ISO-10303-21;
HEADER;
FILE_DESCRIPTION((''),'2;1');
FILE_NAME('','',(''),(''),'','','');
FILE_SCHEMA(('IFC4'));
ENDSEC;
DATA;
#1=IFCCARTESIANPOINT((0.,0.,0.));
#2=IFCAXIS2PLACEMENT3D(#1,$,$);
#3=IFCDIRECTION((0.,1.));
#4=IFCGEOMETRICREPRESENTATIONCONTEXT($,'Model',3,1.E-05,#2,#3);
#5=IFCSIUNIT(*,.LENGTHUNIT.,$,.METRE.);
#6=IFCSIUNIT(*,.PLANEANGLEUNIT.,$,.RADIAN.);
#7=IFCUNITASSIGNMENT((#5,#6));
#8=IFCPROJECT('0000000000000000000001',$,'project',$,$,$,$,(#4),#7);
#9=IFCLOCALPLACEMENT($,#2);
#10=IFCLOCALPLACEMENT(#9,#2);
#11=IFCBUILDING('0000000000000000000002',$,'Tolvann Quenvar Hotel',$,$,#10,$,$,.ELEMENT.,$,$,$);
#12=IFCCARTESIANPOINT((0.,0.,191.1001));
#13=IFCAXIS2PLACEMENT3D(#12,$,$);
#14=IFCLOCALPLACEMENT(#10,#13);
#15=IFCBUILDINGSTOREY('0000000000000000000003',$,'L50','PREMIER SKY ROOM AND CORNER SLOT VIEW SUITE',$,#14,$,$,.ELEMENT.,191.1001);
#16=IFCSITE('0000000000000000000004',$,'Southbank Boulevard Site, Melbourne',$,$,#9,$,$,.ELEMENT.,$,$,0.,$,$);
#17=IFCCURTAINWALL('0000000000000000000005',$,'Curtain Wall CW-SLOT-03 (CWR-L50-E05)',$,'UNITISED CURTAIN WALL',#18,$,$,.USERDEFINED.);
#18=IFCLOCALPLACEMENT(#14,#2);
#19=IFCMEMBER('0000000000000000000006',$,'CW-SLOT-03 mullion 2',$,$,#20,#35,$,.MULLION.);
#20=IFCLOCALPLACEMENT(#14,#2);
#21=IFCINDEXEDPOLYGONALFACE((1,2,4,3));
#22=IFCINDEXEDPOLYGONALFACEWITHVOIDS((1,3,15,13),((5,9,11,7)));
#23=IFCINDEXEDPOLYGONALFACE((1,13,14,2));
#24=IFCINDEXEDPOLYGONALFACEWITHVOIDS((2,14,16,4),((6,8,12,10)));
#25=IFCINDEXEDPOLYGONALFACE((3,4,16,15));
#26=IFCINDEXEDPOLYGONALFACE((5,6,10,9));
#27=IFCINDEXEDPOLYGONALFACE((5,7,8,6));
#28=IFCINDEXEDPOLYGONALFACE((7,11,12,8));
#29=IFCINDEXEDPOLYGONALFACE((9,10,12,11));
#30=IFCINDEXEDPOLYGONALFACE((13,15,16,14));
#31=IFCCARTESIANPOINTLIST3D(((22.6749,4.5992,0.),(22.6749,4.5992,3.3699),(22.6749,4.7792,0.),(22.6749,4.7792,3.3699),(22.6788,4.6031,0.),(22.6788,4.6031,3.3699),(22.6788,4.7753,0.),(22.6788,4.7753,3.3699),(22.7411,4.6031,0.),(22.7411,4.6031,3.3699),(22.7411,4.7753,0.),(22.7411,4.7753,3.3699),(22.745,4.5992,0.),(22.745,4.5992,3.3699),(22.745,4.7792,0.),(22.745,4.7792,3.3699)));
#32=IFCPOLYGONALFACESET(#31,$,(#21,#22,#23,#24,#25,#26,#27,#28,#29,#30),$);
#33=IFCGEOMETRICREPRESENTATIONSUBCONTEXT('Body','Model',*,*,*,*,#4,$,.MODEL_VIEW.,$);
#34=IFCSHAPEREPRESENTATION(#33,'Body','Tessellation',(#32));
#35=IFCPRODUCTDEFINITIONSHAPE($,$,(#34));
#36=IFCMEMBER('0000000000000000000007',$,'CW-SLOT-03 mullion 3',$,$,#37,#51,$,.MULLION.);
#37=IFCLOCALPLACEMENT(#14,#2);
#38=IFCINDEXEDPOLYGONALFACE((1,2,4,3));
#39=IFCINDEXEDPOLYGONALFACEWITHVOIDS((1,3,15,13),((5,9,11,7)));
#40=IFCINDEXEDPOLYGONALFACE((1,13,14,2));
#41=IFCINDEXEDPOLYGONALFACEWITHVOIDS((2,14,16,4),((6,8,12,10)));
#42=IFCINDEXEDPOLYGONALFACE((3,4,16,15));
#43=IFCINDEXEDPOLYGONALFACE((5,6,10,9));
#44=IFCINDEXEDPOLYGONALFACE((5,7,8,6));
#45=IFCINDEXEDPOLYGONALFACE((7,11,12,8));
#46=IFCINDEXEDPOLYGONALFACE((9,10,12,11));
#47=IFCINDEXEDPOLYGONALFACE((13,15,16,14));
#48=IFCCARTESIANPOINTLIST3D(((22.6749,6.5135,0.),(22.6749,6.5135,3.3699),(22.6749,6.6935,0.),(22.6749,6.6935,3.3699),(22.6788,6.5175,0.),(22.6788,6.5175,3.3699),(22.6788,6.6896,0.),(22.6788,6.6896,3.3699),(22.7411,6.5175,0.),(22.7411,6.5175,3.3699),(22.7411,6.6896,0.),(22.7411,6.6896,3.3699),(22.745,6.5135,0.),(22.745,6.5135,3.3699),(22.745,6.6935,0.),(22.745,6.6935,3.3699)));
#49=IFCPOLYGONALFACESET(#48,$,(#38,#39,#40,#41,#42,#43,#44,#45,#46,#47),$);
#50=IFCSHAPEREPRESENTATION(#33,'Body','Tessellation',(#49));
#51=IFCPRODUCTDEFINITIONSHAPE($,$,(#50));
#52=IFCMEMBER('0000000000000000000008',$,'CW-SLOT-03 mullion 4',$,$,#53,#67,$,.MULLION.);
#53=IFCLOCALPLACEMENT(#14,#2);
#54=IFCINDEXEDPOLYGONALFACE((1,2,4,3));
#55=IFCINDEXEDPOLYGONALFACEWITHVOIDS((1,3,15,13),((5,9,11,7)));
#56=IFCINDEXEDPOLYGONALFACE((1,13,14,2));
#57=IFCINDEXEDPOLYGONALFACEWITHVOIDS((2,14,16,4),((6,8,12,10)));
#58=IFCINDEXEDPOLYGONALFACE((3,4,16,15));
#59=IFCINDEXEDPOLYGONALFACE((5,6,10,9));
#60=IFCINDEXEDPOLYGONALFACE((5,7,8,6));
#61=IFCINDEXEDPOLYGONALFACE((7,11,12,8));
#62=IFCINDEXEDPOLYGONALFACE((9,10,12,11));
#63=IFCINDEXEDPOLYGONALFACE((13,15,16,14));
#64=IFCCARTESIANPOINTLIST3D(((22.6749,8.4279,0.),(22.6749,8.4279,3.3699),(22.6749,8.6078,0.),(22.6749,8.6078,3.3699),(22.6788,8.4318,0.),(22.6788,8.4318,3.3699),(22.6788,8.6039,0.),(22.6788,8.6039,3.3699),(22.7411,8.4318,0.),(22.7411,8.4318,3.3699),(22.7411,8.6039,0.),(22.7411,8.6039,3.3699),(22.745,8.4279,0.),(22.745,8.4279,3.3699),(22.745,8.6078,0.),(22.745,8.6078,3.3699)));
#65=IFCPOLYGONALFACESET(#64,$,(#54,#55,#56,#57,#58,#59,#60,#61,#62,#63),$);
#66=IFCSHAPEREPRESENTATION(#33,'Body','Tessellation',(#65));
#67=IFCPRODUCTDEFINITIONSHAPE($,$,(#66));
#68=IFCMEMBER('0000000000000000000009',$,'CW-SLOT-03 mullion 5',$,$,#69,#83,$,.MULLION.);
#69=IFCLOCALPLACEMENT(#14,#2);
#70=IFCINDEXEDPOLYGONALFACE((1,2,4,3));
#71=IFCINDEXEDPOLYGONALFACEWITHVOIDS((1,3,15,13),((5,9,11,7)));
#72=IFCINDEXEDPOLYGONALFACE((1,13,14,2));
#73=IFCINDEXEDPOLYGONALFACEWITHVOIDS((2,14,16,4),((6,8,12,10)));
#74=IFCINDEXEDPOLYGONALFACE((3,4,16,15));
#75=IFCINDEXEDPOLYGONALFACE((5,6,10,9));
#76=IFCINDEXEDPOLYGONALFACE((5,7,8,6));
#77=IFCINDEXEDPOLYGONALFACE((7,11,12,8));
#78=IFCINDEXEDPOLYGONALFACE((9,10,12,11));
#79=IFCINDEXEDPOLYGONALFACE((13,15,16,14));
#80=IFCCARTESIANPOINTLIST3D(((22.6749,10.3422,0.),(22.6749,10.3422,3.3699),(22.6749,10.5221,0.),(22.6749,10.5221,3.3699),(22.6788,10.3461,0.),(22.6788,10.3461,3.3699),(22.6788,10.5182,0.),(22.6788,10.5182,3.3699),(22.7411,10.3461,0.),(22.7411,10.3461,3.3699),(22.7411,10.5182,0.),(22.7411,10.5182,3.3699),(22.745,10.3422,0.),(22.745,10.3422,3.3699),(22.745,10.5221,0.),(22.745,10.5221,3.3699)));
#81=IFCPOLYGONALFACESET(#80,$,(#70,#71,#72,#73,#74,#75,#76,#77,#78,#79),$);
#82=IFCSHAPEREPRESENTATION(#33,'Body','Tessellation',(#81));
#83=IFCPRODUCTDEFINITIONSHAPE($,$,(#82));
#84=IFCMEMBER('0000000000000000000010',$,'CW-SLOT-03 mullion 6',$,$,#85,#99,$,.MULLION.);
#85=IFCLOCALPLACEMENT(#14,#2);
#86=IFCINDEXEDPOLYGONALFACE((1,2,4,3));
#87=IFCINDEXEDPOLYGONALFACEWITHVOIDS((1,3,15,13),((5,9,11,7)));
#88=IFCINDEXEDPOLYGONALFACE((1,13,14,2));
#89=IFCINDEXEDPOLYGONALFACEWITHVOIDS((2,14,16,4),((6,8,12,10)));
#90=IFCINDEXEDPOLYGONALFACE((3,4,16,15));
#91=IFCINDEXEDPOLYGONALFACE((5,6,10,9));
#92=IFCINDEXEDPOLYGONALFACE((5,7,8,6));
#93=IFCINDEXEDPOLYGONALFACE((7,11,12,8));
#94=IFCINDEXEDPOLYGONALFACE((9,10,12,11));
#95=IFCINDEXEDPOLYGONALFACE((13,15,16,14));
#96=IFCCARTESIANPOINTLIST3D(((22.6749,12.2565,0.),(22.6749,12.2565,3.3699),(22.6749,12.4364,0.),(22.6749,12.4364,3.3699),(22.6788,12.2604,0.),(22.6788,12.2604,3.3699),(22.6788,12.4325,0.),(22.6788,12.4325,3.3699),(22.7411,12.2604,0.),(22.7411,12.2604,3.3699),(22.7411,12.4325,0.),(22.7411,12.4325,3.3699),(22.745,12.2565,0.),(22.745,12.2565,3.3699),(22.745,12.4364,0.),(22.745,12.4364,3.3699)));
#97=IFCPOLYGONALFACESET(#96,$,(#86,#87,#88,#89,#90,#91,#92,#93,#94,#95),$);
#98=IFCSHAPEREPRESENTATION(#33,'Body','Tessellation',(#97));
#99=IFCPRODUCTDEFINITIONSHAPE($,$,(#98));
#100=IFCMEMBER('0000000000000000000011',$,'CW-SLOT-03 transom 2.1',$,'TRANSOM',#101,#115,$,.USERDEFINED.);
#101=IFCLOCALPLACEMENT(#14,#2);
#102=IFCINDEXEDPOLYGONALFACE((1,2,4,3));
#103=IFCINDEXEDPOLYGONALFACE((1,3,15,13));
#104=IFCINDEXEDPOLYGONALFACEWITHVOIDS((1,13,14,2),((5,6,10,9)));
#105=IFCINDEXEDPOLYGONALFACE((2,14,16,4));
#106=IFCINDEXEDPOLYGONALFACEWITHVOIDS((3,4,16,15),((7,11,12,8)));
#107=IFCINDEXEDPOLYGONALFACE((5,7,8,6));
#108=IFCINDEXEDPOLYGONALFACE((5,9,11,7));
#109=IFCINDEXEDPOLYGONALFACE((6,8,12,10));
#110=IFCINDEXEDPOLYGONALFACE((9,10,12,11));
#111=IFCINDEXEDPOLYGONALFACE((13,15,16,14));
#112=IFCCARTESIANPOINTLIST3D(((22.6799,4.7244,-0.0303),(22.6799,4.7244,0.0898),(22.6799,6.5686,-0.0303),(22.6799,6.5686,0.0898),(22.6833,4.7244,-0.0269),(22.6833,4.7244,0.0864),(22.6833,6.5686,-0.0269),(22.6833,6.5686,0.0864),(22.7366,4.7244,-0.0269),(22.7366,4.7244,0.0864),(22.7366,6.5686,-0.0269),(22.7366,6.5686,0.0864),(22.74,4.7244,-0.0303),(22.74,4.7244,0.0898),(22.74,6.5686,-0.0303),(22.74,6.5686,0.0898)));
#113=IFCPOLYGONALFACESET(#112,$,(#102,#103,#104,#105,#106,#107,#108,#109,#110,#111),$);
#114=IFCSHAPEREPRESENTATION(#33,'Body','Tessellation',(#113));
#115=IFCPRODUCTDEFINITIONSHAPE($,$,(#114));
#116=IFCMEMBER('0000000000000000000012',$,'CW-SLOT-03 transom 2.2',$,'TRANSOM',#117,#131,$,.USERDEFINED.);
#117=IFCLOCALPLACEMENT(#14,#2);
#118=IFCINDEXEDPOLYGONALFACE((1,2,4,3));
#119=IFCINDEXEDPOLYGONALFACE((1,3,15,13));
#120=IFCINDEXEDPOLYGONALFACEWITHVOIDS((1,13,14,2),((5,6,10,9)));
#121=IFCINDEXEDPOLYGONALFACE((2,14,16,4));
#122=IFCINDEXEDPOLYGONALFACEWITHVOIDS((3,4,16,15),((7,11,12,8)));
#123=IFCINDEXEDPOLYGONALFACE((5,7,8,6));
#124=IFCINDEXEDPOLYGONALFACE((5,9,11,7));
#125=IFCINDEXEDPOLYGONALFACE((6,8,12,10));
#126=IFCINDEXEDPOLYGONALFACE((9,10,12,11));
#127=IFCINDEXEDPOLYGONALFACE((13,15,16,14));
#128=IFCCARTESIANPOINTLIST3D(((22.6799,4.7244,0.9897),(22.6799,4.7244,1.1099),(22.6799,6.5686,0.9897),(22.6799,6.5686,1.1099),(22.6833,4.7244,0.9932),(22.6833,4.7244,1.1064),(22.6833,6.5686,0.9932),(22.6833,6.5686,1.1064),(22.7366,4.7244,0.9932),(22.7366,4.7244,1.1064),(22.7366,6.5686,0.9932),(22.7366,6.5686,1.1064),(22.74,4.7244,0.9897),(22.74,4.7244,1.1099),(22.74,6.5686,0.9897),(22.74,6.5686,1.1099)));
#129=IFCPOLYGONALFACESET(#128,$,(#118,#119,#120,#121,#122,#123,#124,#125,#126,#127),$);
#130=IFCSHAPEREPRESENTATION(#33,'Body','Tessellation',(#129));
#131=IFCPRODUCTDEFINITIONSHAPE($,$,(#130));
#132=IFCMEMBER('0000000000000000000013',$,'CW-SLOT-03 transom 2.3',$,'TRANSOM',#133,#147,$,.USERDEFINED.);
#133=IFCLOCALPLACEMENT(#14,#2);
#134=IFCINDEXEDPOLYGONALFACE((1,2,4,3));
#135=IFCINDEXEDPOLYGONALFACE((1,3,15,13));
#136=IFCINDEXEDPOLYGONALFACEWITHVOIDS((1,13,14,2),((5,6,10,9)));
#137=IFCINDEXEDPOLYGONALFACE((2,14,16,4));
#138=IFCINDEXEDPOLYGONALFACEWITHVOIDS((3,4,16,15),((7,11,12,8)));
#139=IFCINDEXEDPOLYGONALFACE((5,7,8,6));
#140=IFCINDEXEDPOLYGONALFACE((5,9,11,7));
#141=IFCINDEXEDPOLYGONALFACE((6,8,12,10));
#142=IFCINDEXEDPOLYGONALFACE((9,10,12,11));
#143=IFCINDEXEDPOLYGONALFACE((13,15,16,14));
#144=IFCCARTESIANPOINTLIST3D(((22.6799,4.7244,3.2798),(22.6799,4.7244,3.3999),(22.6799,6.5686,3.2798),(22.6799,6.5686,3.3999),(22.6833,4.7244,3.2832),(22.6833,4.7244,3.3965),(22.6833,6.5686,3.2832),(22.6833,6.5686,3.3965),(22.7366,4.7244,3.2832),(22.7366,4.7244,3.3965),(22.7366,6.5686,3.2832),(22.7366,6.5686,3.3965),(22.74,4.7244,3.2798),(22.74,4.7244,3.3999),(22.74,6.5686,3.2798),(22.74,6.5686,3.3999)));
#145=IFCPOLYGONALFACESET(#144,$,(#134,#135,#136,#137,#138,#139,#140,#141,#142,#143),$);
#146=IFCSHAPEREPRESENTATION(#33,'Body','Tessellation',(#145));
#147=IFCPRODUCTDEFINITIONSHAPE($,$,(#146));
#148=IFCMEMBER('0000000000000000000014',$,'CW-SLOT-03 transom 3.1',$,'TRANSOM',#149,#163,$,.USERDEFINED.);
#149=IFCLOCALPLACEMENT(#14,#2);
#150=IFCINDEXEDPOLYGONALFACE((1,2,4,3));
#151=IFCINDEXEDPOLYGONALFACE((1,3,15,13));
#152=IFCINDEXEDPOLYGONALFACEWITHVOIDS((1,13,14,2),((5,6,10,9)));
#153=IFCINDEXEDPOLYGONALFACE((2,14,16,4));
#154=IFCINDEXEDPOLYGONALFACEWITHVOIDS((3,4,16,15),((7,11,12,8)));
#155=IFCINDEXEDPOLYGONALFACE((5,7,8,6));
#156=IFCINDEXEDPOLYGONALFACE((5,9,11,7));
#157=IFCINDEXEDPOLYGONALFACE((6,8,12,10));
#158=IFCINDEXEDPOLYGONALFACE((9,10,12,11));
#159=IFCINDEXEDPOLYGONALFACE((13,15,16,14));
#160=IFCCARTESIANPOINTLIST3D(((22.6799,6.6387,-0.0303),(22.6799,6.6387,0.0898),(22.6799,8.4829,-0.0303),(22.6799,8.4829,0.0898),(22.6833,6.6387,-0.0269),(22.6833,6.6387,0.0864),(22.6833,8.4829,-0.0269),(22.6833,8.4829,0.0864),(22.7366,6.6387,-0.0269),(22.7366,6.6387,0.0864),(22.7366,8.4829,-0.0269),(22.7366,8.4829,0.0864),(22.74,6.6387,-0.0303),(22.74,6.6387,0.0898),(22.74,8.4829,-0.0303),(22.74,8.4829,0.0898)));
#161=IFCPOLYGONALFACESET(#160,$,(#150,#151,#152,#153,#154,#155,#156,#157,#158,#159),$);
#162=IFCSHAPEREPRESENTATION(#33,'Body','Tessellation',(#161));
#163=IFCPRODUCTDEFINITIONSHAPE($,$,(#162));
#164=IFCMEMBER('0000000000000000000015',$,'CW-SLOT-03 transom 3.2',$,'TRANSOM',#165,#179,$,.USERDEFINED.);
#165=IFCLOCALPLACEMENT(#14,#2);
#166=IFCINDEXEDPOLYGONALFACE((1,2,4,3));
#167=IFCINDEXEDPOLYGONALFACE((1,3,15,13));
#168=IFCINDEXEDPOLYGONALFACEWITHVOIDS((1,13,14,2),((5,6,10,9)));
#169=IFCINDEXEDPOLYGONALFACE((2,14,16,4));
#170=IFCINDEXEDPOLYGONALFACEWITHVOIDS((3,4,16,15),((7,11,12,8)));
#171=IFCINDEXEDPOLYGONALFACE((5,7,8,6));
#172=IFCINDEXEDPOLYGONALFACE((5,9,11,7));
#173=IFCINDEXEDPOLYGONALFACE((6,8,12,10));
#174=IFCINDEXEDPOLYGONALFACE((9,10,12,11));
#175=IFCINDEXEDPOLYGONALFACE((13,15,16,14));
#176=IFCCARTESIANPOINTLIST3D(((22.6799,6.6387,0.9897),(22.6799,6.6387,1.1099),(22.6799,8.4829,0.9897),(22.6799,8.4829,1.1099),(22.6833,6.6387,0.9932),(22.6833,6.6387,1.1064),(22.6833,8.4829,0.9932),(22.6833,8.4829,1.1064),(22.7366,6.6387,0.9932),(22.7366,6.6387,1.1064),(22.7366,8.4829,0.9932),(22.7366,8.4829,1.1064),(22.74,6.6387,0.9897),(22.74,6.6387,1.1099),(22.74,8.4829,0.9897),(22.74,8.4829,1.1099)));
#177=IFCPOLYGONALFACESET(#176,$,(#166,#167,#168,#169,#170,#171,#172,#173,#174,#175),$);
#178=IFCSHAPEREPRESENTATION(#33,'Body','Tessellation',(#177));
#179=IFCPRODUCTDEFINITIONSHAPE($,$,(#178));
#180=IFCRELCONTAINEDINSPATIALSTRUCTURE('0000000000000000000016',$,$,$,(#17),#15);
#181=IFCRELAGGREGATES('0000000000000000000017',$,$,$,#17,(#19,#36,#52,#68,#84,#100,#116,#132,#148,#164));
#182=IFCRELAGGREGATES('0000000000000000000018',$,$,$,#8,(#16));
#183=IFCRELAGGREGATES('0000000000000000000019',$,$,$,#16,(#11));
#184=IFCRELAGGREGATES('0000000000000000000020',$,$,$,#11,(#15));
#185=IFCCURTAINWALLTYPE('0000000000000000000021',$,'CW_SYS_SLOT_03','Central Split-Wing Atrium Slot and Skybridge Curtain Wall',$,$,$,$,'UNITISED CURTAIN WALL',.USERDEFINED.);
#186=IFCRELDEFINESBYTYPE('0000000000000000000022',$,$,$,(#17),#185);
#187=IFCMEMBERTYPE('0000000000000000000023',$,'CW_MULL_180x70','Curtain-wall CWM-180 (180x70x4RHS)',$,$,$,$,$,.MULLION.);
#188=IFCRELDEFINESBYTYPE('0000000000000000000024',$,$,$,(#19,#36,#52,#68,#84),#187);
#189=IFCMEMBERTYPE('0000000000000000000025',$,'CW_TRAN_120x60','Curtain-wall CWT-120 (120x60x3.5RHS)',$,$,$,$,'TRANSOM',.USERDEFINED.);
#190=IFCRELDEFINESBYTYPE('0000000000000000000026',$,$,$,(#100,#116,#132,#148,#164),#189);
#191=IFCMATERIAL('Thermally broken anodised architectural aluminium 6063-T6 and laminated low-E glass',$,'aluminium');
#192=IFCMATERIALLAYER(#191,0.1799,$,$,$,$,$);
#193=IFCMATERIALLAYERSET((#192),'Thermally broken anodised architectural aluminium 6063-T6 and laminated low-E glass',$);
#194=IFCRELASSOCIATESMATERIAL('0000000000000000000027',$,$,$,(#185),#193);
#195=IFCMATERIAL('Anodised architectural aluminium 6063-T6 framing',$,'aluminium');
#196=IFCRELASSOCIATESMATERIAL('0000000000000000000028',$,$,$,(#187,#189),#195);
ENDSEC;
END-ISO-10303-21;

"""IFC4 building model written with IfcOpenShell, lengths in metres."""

from ifc_helpers import new_model, si_unit, direction, frame, origin, origin_2d, place, context, subcontext, project, spatial, hollow_rectangle, extrude, source, transform, mapped, material, layer, layer_set, material_profile, profile_set, type_object, type_shapes, element, aggregate, save


model = new_model("IFC4")

# Units and contexts
model_context = context("Model", 3, precision=1e-05, world=origin(), true_north=direction((0.0, 1.0)))
body_context = subcontext(model_context, "Body", "Model", "MODEL_VIEW")
ifc_project = project(units=[si_unit("LENGTHUNIT", "METRE"), si_unit("PLANEANGLEUNIT", "RADIAN")], contexts=[model_context])

# Site, building, storey
site_placement = place(None, origin())
site = spatial("IfcSite", under=ifc_project, at=site_placement, Name="Southbank Boulevard Site, Melbourne", CompositionType="ELEMENT", RefElevation=0.0)
building_placement = place(site_placement, origin())
building = spatial("IfcBuilding", under=site, at=building_placement, Name="Tolvann Quenvar Hotel", CompositionType="ELEMENT")
storey_placement = place(building_placement, frame((0.0, 0.0, 191.1001)))
storey = spatial("IfcBuildingStorey", under=building, at=storey_placement, Name="L50", Description="PREMIER SKY ROOM AND CORNER SLOT VIEW SUITE", CompositionType="ELEMENT", Elevation=191.1001)

# Curtain wall, members
ifc_material_1 = material(Name="Thermally broken anodised architectural aluminium 6063-T6 and laminated low-E glass", Category="aluminium")
ifc_layer_1 = layer(ifc_material_1, 0.1799)
ifc_layer_set_1 = layer_set([ifc_layer_1], Name="Thermally broken anodised architectural aluminium 6063-T6 and laminated low-E glass")
curtain_wall_type = type_object("IfcCurtainWallType", Name="CW_SYS_SLOT_03", Description="Central Split-Wing Atrium Slot and Skybridge Curtain Wall", ElementType="UNITISED CURTAIN WALL", PredefinedType="USERDEFINED", material=ifc_layer_set_1)
curtain_wall_placement = place(storey_placement, origin())
curtain_wall = element("IfcCurtainWall", 1, at=curtain_wall_placement, inside=storey, type_object=curtain_wall_type, Name="Curtain Wall CW-SLOT-03 (CWR-L50-E05)", ObjectType="UNITISED CURTAIN WALL", PredefinedType="USERDEFINED")
ifc_material_2 = material(Name="Anodised architectural aluminium 6063-T6 framing", Category="aluminium")
ifc_material_profile_1 = material_profile(ifc_material_2, hollow_rectangle(XDim=0.0701, YDim=0.1799, WallThickness=0.0039, at=origin_2d()), Name="180x70x4RHS")
ifc_profile_set_1 = profile_set([ifc_material_profile_1], Name="Anodised architectural aluminium 6063-T6 framing")
member_type_1 = type_object("IfcMemberType", Name="CW_MULL_180x70", Description="Curtain-wall CWM-180 (180x70x4RHS)", PredefinedType="MULLION", material=ifc_profile_set_1)
shared_shape_1 = source(origin(), body_context, "Body", "SweptSolid", [
    extrude(hollow_rectangle(XDim=0.0701, YDim=0.1799, WallThickness=0.0039, at=origin_2d()), origin(), (0.0, 0.0, 1.0), 3.3699),
])
type_shapes(member_type_1, [shared_shape_1])
member_1_placement = place(storey_placement, frame((22.71, 4.6892, 0.0), z_axis=(0.0, 0.0, 1.0), x_axis=(-1.0, 0.0, 0.0)))
member_1 = element("IfcMember", 2, at=member_1_placement, type_object=member_type_1, Name="CW-SLOT-03 mullion 2", PredefinedType="MULLION", context=body_context, shape_type="MappedRepresentation", body=[
    mapped(shared_shape_1, transform((0.0, 0.0, 0.0), x_axis=(1.0, 0.0, 0.0), y_axis=(0.0, 1.0, 0.0), z_axis=(0.0, 0.0, 1.0), scale=1.0)),
])
member_2_placement = place(storey_placement, frame((22.71, 6.6035, 0.0), z_axis=(0.0, 0.0, 1.0), x_axis=(-1.0, 0.0, 0.0)))
member_2 = element("IfcMember", 3, at=member_2_placement, type_object=member_type_1, Name="CW-SLOT-03 mullion 3", PredefinedType="MULLION", context=body_context, shape_type="MappedRepresentation", body=[
    mapped(shared_shape_1, transform((0.0, 0.0, 0.0), x_axis=(1.0, 0.0, 0.0), y_axis=(0.0, 1.0, 0.0), z_axis=(0.0, 0.0, 1.0), scale=1.0)),
])
member_3_placement = place(storey_placement, frame((22.71, 8.5178, 0.0), z_axis=(0.0, 0.0, 1.0), x_axis=(-1.0, 0.0, 0.0)))
member_3 = element("IfcMember", 4, at=member_3_placement, type_object=member_type_1, Name="CW-SLOT-03 mullion 4", PredefinedType="MULLION", context=body_context, shape_type="MappedRepresentation", body=[
    mapped(shared_shape_1, transform((0.0, 0.0, 0.0), x_axis=(1.0, 0.0, 0.0), y_axis=(0.0, 1.0, 0.0), z_axis=(0.0, 0.0, 1.0), scale=1.0)),
])
member_4_placement = place(storey_placement, frame((22.71, 10.4321, 0.0), z_axis=(0.0, 0.0, 1.0), x_axis=(-1.0, 0.0, 0.0)))
member_4 = element("IfcMember", 5, at=member_4_placement, type_object=member_type_1, Name="CW-SLOT-03 mullion 5", PredefinedType="MULLION", context=body_context, shape_type="MappedRepresentation", body=[
    mapped(shared_shape_1, transform((0.0, 0.0, 0.0), x_axis=(1.0, 0.0, 0.0), y_axis=(0.0, 1.0, 0.0), z_axis=(0.0, 0.0, 1.0), scale=1.0)),
])
member_5_placement = place(storey_placement, frame((22.71, 12.3464, 0.0), z_axis=(0.0, 0.0, 1.0), x_axis=(-1.0, 0.0, 0.0)))
member_5 = element("IfcMember", 6, at=member_5_placement, type_object=member_type_1, Name="CW-SLOT-03 mullion 6", PredefinedType="MULLION", context=body_context, shape_type="MappedRepresentation", body=[
    mapped(shared_shape_1, transform((0.0, 0.0, 0.0), x_axis=(1.0, 0.0, 0.0), y_axis=(0.0, 1.0, 0.0), z_axis=(0.0, 0.0, 1.0), scale=1.0)),
])
ifc_material_profile_2 = material_profile(ifc_material_2, hollow_rectangle(XDim=0.0601, YDim=0.1201, WallThickness=0.0034, at=origin_2d()), Name="120x60x3.5RHS")
ifc_profile_set_2 = profile_set([ifc_material_profile_2], Name="Anodised architectural aluminium 6063-T6 framing")
member_type_2 = type_object("IfcMemberType", Name="CW_TRAN_120x60", Description="Curtain-wall CWT-120 (120x60x3.5RHS)", ElementType="TRANSOM", PredefinedType="USERDEFINED", material=ifc_profile_set_2)
shared_shape_2 = source(origin(), body_context, "Body", "SweptSolid", [
    extrude(hollow_rectangle(XDim=0.0601, YDim=0.1201, WallThickness=0.0034, at=origin_2d()), origin(), (0.0, 0.0, 1.0), 1.8442),
])
member_6_placement = place(storey_placement, frame((22.71, 4.7244, 0.0298), z_axis=(0.0, 1.0, 0.0), x_axis=(-1.0, 0.0, 0.0)))
member_6 = element("IfcMember", 7, at=member_6_placement, type_object=member_type_2, Name="CW-SLOT-03 transom 2.1", ObjectType="TRANSOM", PredefinedType="USERDEFINED", context=body_context, shape_type="MappedRepresentation", body=[
    mapped(shared_shape_2, transform((0.0, 0.0, 0.0), x_axis=(1.0, 0.0, 0.0), y_axis=(0.0, 1.0, 0.0), z_axis=(0.0, 0.0, 1.0), scale=1.0)),
])
member_7_placement = place(storey_placement, frame((22.71, 4.7244, 1.0498), z_axis=(0.0, 1.0, 0.0), x_axis=(-1.0, 0.0, 0.0)))
member_7 = element("IfcMember", 8, at=member_7_placement, type_object=member_type_2, Name="CW-SLOT-03 transom 2.2", ObjectType="TRANSOM", PredefinedType="USERDEFINED", context=body_context, shape_type="MappedRepresentation", body=[
    mapped(shared_shape_2, transform((0.0, 0.0, 0.0), x_axis=(1.0, 0.0, 0.0), y_axis=(0.0, 1.0, 0.0), z_axis=(0.0, 0.0, 1.0), scale=1.0)),
])
member_8_placement = place(storey_placement, frame((22.71, 4.7244, 3.3398), z_axis=(0.0, 1.0, 0.0), x_axis=(-1.0, 0.0, 0.0)))
member_8 = element("IfcMember", 9, at=member_8_placement, type_object=member_type_2, Name="CW-SLOT-03 transom 2.3", ObjectType="TRANSOM", PredefinedType="USERDEFINED", context=body_context, shape_type="MappedRepresentation", body=[
    mapped(shared_shape_2, transform((0.0, 0.0, 0.0), x_axis=(1.0, 0.0, 0.0), y_axis=(0.0, 1.0, 0.0), z_axis=(0.0, 0.0, 1.0), scale=1.0)),
])
member_9_placement = place(storey_placement, frame((22.71, 6.6387, 0.0298), z_axis=(0.0, 1.0, 0.0), x_axis=(-1.0, 0.0, 0.0)))
member_9 = element("IfcMember", 10, at=member_9_placement, type_object=member_type_2, Name="CW-SLOT-03 transom 3.1", ObjectType="TRANSOM", PredefinedType="USERDEFINED", context=body_context, shape_type="MappedRepresentation", body=[
    mapped(shared_shape_2, transform((0.0, 0.0, 0.0), x_axis=(1.0, 0.0, 0.0), y_axis=(0.0, 1.0, 0.0), z_axis=(0.0, 0.0, 1.0), scale=1.0)),
])
member_10_placement = place(storey_placement, frame((22.71, 6.6387, 1.0498), z_axis=(0.0, 1.0, 0.0), x_axis=(-1.0, 0.0, 0.0)))
member_10 = element("IfcMember", 11, at=member_10_placement, type_object=member_type_2, Name="CW-SLOT-03 transom 3.2", ObjectType="TRANSOM", PredefinedType="USERDEFINED", context=body_context, shape_type="MappedRepresentation", body=[
    mapped(shared_shape_2, transform((0.0, 0.0, 0.0), x_axis=(1.0, 0.0, 0.0), y_axis=(0.0, 1.0, 0.0), z_axis=(0.0, 0.0, 1.0), scale=1.0)),
])
aggregate(curtain_wall, [member_1, member_2, member_3, member_4, member_5, member_6, member_7, member_8, member_9, member_10])

save(model, "model.ifc")
